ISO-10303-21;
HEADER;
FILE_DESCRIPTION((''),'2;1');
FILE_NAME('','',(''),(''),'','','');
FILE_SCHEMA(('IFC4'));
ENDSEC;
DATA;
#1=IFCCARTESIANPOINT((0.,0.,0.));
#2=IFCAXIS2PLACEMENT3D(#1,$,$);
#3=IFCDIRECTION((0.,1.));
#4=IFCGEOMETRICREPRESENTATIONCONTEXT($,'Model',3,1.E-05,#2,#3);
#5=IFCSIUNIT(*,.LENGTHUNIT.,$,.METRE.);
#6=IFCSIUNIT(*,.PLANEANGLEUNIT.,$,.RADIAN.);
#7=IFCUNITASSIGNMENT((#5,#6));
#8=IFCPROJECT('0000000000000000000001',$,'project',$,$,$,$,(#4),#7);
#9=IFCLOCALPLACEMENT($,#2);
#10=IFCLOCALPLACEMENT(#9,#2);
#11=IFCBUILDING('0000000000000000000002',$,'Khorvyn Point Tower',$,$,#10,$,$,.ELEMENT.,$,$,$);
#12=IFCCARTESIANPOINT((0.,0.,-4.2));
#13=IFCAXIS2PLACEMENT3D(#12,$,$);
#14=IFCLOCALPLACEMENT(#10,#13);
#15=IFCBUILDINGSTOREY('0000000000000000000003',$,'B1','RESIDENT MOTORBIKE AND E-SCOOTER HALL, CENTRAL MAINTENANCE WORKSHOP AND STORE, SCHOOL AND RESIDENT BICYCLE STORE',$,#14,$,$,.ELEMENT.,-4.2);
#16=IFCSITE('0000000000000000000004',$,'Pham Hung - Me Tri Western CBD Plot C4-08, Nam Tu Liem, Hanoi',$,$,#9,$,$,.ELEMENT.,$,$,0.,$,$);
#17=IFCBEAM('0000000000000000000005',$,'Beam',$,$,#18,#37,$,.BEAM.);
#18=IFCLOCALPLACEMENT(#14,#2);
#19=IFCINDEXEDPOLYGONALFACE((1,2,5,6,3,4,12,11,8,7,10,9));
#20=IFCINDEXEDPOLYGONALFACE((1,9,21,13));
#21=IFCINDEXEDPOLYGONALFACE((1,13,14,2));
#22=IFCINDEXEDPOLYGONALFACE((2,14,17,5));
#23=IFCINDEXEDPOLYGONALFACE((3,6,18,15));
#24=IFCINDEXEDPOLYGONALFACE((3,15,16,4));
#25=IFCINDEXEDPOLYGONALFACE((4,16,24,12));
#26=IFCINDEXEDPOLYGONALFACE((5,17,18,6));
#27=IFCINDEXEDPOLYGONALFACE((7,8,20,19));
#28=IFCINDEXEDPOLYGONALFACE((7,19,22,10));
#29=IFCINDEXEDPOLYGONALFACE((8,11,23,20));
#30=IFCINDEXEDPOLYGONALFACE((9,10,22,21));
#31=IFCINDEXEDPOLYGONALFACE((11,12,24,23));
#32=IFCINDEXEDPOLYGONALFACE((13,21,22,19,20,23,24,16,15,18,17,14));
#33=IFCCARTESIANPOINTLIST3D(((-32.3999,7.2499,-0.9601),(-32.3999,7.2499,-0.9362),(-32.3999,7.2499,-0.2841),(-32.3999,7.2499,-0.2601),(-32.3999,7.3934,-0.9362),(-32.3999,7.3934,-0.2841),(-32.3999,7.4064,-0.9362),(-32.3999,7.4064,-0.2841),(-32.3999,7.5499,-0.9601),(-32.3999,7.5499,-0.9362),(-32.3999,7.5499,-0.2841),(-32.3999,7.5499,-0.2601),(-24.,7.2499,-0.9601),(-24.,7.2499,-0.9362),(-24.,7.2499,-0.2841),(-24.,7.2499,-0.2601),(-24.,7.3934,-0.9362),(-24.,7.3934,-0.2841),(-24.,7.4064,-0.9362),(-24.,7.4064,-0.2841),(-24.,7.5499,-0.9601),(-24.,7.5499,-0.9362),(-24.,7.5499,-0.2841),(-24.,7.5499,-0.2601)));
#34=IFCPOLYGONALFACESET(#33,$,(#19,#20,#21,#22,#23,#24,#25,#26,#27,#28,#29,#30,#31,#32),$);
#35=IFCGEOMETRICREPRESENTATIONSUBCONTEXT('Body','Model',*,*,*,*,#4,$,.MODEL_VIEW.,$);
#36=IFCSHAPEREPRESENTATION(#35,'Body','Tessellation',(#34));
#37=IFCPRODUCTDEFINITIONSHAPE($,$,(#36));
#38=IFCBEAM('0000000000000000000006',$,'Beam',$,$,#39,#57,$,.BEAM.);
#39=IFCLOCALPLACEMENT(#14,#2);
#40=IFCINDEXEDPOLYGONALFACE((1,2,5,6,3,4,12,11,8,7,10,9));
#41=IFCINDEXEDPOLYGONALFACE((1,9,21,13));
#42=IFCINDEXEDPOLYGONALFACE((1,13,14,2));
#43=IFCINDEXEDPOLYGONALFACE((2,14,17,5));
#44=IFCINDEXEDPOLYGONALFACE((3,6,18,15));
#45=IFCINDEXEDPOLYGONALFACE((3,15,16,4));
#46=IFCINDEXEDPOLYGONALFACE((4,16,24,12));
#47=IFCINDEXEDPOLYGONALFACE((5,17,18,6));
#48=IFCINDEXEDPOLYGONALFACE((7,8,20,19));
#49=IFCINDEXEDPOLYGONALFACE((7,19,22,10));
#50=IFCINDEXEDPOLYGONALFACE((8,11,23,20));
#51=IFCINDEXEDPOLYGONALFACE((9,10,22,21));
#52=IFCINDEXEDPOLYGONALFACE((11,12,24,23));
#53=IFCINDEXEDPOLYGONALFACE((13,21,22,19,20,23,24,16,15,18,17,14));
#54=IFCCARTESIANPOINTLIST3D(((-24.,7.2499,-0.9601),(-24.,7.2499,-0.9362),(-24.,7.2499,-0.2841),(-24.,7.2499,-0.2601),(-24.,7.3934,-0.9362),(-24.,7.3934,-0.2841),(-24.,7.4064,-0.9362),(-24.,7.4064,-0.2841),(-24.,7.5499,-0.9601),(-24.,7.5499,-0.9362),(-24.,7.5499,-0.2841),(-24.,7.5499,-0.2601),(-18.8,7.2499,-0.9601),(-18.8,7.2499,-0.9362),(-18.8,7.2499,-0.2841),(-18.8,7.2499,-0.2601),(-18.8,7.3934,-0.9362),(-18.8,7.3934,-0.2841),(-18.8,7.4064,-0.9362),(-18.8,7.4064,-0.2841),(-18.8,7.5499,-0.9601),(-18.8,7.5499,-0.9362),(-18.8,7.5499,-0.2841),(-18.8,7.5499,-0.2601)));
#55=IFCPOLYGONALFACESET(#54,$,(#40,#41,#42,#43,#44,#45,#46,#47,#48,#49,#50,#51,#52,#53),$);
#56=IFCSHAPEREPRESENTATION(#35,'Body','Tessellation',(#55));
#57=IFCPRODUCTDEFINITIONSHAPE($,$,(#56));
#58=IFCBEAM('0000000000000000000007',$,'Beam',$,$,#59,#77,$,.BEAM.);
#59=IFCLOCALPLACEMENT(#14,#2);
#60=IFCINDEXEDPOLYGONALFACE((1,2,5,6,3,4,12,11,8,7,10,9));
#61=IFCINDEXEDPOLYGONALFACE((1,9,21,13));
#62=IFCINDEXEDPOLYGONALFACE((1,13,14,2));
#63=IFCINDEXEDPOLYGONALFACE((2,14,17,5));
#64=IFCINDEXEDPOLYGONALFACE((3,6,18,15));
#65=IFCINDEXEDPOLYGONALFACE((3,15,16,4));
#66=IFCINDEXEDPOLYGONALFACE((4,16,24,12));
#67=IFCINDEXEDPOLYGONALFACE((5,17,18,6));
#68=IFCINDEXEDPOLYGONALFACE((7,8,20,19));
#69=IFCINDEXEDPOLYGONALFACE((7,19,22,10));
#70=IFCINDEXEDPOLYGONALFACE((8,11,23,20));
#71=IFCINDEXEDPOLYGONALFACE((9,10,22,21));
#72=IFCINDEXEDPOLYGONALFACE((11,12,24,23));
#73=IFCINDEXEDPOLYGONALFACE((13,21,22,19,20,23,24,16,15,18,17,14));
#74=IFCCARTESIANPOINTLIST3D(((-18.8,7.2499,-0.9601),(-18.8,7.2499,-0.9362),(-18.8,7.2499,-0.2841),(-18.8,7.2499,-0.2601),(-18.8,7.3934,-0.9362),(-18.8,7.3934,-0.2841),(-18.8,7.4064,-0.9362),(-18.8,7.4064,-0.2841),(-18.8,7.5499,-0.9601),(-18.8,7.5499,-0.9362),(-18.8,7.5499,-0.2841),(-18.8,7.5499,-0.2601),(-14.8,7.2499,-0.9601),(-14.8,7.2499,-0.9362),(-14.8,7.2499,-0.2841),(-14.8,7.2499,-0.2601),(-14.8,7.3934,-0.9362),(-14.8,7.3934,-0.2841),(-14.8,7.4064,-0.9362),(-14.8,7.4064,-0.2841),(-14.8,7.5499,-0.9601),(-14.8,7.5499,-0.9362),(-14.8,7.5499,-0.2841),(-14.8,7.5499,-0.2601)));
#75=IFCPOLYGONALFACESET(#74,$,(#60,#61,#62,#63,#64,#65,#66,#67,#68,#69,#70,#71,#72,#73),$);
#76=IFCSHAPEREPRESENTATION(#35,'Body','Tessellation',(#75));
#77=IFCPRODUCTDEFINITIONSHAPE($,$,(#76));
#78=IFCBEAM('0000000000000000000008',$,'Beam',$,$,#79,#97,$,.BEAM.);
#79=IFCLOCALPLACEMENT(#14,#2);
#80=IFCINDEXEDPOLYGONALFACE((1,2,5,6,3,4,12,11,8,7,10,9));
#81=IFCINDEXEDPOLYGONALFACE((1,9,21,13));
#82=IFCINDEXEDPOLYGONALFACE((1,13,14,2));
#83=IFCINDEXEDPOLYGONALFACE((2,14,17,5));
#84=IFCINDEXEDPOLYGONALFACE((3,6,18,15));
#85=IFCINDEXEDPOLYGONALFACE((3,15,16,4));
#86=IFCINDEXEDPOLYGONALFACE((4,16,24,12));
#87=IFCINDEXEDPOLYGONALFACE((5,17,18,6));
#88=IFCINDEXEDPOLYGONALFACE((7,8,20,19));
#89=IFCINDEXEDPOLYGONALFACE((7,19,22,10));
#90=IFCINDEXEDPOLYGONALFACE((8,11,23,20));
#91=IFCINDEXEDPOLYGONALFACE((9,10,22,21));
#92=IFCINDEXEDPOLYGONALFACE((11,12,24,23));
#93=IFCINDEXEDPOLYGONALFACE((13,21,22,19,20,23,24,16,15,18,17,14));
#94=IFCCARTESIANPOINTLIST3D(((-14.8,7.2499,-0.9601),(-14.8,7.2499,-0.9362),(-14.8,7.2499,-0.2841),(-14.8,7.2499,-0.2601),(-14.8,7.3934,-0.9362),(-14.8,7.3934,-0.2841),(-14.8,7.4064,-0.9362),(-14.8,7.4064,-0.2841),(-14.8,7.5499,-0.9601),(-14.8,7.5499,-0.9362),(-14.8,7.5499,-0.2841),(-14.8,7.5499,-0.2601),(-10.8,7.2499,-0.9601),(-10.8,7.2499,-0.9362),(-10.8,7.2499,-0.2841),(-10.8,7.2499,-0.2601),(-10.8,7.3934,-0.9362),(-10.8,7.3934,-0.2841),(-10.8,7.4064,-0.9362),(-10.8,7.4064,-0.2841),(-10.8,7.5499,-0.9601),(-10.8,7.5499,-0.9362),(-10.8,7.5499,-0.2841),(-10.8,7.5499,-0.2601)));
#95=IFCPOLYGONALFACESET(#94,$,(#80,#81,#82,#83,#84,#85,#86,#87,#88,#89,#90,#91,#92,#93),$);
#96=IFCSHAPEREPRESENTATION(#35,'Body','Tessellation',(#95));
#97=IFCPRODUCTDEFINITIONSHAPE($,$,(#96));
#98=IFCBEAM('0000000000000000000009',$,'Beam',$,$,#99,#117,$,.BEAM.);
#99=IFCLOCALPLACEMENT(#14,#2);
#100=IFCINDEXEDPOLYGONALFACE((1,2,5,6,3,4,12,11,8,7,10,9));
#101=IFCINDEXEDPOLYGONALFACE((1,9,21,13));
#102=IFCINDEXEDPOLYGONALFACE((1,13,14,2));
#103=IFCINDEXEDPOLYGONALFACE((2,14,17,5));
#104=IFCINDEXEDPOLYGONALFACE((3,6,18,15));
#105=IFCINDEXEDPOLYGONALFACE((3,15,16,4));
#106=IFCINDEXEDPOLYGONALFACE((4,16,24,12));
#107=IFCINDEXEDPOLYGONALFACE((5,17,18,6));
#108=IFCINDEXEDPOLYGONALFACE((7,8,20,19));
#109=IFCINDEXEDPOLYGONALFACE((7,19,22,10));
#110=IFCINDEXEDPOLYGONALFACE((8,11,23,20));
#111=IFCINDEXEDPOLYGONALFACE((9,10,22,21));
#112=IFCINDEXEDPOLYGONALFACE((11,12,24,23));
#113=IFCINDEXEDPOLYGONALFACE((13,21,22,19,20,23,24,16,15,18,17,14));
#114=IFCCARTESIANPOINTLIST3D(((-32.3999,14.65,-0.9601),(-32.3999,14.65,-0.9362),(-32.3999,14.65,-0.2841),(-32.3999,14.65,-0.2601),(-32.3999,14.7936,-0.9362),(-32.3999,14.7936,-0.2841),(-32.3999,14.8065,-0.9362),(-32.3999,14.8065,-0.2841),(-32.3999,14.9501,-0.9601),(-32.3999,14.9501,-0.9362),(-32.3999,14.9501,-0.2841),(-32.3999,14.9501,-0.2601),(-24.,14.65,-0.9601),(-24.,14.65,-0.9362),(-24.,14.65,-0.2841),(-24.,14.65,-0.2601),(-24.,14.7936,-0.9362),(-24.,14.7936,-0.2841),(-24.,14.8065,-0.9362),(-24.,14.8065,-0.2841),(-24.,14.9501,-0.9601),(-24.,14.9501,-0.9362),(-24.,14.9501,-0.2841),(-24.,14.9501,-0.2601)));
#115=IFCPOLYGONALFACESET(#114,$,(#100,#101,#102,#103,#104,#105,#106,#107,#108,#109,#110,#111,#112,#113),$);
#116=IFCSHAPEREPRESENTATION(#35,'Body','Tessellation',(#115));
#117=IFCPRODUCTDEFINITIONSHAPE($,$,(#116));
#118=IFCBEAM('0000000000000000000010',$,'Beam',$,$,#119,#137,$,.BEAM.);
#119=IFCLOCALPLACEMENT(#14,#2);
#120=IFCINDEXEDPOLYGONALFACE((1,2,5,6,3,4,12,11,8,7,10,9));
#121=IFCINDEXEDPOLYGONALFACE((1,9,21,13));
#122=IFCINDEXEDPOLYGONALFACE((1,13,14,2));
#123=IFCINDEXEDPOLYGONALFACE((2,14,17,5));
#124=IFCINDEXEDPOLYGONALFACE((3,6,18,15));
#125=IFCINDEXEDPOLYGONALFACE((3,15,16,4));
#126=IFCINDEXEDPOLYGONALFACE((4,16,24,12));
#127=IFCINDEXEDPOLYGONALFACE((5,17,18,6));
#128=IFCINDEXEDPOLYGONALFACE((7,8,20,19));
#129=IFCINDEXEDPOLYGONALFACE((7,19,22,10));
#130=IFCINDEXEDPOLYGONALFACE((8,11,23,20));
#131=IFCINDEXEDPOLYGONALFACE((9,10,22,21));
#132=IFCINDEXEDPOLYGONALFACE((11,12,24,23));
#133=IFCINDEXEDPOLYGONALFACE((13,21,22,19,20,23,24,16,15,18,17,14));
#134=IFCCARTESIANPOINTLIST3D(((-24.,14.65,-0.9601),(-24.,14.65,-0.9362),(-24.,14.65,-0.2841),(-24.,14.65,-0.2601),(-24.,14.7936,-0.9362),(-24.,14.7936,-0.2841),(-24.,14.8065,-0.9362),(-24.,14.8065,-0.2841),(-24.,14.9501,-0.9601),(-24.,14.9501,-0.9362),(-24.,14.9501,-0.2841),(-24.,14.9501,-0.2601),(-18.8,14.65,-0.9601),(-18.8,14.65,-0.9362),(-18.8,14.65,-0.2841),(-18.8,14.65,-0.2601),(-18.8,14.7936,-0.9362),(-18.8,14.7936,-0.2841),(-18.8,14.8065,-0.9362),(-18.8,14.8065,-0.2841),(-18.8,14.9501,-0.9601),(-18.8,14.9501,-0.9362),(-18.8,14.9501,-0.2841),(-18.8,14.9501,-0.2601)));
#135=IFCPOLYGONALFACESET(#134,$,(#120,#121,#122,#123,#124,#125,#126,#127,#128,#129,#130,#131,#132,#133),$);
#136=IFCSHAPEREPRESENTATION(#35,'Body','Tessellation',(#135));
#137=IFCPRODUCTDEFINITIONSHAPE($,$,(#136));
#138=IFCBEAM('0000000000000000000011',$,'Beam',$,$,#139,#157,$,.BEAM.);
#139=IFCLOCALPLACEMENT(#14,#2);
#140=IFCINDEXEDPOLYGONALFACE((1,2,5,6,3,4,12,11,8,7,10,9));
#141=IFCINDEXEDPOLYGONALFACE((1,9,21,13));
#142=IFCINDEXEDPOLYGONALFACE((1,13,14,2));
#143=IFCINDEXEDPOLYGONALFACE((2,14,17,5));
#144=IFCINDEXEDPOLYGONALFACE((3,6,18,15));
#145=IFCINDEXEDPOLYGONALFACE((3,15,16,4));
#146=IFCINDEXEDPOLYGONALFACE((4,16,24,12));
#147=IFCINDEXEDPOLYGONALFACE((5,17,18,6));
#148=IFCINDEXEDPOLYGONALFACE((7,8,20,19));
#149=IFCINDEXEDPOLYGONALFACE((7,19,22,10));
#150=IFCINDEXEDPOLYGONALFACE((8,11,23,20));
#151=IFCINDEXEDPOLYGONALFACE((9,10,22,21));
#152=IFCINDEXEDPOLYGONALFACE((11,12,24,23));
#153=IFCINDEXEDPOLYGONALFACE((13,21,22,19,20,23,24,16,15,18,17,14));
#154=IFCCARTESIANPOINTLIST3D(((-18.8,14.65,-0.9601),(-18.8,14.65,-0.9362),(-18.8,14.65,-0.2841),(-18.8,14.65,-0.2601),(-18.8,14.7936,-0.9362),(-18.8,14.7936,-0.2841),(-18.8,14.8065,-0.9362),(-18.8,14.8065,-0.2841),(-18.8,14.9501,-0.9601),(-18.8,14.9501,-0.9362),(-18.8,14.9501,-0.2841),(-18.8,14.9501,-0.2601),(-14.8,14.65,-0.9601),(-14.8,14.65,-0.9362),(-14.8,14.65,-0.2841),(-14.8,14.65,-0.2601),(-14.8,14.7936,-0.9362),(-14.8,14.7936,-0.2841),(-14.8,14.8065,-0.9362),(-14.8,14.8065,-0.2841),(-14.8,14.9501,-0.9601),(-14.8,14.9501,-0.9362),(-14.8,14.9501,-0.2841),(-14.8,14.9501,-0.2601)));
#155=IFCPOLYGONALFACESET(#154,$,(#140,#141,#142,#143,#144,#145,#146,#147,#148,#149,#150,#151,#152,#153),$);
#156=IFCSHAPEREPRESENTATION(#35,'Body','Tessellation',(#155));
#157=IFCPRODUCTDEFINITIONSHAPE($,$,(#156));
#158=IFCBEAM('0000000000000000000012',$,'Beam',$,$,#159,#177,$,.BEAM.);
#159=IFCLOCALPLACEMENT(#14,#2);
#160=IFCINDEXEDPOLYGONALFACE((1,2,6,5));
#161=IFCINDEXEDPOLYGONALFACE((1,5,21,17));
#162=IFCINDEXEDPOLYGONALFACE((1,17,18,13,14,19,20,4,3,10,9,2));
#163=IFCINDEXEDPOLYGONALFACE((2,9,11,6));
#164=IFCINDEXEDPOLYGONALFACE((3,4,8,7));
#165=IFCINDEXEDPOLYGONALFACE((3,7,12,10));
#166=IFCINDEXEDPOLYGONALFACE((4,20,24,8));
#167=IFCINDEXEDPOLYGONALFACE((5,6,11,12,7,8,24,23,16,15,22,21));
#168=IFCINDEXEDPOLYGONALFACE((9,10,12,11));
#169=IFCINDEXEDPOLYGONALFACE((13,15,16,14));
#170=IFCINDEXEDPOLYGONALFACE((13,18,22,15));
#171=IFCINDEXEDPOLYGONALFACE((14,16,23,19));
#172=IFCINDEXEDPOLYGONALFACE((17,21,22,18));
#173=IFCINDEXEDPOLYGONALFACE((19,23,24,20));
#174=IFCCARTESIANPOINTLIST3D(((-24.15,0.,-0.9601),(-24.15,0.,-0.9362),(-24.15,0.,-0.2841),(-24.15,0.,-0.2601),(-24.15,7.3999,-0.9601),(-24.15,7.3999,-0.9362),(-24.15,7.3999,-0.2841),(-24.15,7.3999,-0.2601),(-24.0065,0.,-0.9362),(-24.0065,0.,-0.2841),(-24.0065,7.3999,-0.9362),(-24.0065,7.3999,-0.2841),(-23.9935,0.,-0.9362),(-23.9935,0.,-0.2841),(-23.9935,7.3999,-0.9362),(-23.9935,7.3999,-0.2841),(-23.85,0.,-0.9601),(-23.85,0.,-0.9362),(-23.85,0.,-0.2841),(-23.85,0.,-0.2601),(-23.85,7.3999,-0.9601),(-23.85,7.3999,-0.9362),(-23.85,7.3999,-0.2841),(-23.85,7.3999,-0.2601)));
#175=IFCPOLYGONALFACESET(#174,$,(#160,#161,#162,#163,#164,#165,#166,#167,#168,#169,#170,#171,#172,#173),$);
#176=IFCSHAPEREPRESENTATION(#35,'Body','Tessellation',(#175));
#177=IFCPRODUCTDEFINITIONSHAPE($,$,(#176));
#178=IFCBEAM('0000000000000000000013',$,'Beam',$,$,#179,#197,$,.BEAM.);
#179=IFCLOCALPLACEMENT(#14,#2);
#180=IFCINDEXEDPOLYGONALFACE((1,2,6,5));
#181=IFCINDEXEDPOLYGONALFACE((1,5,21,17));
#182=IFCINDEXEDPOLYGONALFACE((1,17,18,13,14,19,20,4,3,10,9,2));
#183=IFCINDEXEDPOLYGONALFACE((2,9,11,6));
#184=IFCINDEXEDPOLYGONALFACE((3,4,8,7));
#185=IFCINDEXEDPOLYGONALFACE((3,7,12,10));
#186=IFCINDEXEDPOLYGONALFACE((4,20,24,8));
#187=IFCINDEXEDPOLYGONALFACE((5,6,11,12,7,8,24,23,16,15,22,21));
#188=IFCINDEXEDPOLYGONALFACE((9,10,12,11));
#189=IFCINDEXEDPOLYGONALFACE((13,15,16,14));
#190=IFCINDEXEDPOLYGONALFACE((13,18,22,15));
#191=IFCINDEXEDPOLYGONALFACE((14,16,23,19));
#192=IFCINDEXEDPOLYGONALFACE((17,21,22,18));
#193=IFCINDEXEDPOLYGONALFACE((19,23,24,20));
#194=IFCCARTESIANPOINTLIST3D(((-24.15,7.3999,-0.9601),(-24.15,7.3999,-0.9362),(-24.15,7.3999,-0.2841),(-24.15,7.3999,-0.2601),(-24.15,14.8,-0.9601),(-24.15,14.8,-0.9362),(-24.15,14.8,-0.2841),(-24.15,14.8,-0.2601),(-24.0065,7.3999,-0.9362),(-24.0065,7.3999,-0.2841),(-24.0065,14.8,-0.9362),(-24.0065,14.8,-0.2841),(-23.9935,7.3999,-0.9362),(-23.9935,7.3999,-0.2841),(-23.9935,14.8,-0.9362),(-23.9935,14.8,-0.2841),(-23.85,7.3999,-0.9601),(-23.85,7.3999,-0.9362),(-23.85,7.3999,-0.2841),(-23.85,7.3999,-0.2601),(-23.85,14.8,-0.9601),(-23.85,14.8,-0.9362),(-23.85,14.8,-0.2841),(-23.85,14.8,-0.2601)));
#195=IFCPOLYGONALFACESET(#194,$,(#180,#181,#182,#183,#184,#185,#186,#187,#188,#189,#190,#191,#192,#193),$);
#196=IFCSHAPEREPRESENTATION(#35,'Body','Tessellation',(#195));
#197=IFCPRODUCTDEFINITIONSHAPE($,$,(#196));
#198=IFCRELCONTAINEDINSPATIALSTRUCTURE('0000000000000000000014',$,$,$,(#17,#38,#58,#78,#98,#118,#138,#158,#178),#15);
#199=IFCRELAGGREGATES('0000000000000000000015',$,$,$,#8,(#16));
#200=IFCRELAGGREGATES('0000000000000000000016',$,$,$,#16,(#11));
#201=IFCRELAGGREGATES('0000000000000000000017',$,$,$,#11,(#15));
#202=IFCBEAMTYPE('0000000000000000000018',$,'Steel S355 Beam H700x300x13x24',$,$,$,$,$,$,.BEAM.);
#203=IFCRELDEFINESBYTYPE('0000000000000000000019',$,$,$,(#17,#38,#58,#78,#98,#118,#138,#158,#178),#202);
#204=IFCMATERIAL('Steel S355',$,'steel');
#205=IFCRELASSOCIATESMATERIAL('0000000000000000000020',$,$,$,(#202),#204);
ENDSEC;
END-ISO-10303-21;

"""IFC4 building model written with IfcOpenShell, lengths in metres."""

from ifc_helpers import new_model, si_unit, direction, frame, origin, origin_2d, place, context, subcontext, project, spatial, i_section, extrude, material, material_profile, profile_set, type_object, element, save


model = new_model("IFC4")

# Units and contexts
model_context = context("Model", 3, precision=1e-05, world=origin(), true_north=direction((0.0, 1.0)))
body_context = subcontext(model_context, "Body", "Model", "MODEL_VIEW")
ifc_project = project(units=[si_unit("LENGTHUNIT", "METRE"), si_unit("PLANEANGLEUNIT", "RADIAN")], contexts=[model_context])

# Site, building, storey
site_placement = place(None, origin())
site = spatial("IfcSite", under=ifc_project, at=site_placement, Name="Pham Hung - Me Tri Western CBD Plot C4-08, Nam Tu Liem, Hanoi", CompositionType="ELEMENT", RefElevation=0.0)
building_placement = place(site_placement, origin())
building = spatial("IfcBuilding", under=site, at=building_placement, Name="Khorvyn Point Tower", CompositionType="ELEMENT")
storey_placement = place(building_placement, frame((0.0, 0.0, -4.2)))
storey = spatial("IfcBuildingStorey", under=building, at=storey_placement, Name="B1", Description="RESIDENT MOTORBIKE AND E-SCOOTER HALL, CENTRAL MAINTENANCE WORKSHOP AND STORE, SCHOOL AND RESIDENT BICYCLE STORE", CompositionType="ELEMENT", Elevation=-4.2)

# Beams
ifc_material_1 = material(Name="Steel S355", Category="steel")
ifc_material_profile_1 = material_profile(ifc_material_1, i_section(OverallWidth=0.3, OverallDepth=0.7, WebThickness=0.0129, FlangeThickness=0.0239, at=origin_2d()))
ifc_profile_set_1 = profile_set([ifc_material_profile_1], Name="Steel S355 H700x300x13x24")
beam_type_1 = type_object("IfcBeamType", Name="Steel S355 Beam H700x300x13x24", PredefinedType="BEAM", material=ifc_profile_set_1)
beam_1_placement = place(storey_placement, frame((-32.3999, 7.3999, -0.6101), z_axis=(1.0, 0.0, 0.0), x_axis=(0.0, 1.0, 0.0)))
element("IfcBeam", 1, at=beam_1_placement, inside=storey, type_object=beam_type_1, Name="Beam", PredefinedType="BEAM", context=body_context, shape_type="SweptSolid", body=[
    extrude(i_section(OverallWidth=0.3, OverallDepth=0.7, WebThickness=0.0129, FlangeThickness=0.0239, at=origin_2d()), origin(), (0.0, 0.0, 1.0), 8.3999),
])
beam_2_placement = place(storey_placement, frame((-24.0, 7.3999, -0.6101), z_axis=(1.0, 0.0, 0.0), x_axis=(0.0, 1.0, 0.0)))
element("IfcBeam", 2, at=beam_2_placement, inside=storey, type_object=beam_type_1, Name="Beam", PredefinedType="BEAM", context=body_context, shape_type="SweptSolid", body=[
    extrude(i_section(OverallWidth=0.3, OverallDepth=0.7, WebThickness=0.0129, FlangeThickness=0.0239, at=origin_2d()), origin(), (0.0, 0.0, 1.0), 5.2),
])
for number, where, z_axis, x_axis, name in (
    (3, (-18.8, 7.3999, -0.6101), (1.0, 0.0, 0.0), (0.0, 1.0, 0.0), "Beam"),
    (4, (-14.8, 7.3999, -0.6101), (1.0, 0.0, 0.0), (0.0, 1.0, 0.0), "Beam"),
):
    element("IfcBeam", number, at=place(storey_placement, frame(where, z_axis=z_axis, x_axis=x_axis)), inside=storey, type_object=beam_type_1, Name=name, PredefinedType="BEAM", context=body_context, shape_type="SweptSolid", body=[
        extrude(i_section(OverallWidth=0.3, OverallDepth=0.7, WebThickness=0.0129, FlangeThickness=0.0239, at=origin_2d()), origin(), (0.0, 0.0, 1.0), 4.0),
    ])
beam_3_placement = place(storey_placement, frame((-32.3999, 14.8, -0.6101), z_axis=(1.0, 0.0, 0.0), x_axis=(0.0, 1.0, 0.0)))
element("IfcBeam", 5, at=beam_3_placement, inside=storey, type_object=beam_type_1, Name="Beam", PredefinedType="BEAM", context=body_context, shape_type="SweptSolid", body=[
    extrude(i_section(OverallWidth=0.3, OverallDepth=0.7, WebThickness=0.0129, FlangeThickness=0.0239, at=origin_2d()), origin(), (0.0, 0.0, 1.0), 8.3999),
])
beam_4_placement = place(storey_placement, frame((-24.0, 14.8, -0.6101), z_axis=(1.0, 0.0, 0.0), x_axis=(0.0, 1.0, 0.0)))
element("IfcBeam", 6, at=beam_4_placement, inside=storey, type_object=beam_type_1, Name="Beam", PredefinedType="BEAM", context=body_context, shape_type="SweptSolid", body=[
    extrude(i_section(OverallWidth=0.3, OverallDepth=0.7, WebThickness=0.0129, FlangeThickness=0.0239, at=origin_2d()), origin(), (0.0, 0.0, 1.0), 5.2),
])
beam_5_placement = place(storey_placement, frame((-18.8, 14.8, -0.6101), z_axis=(1.0, 0.0, 0.0), x_axis=(0.0, 1.0, 0.0)))
element("IfcBeam", 7, at=beam_5_placement, inside=storey, type_object=beam_type_1, Name="Beam", PredefinedType="BEAM", context=body_context, shape_type="SweptSolid", body=[
    extrude(i_section(OverallWidth=0.3, OverallDepth=0.7, WebThickness=0.0129, FlangeThickness=0.0239, at=origin_2d()), origin(), (0.0, 0.0, 1.0), 4.0),
])
beam_6_placement = place(storey_placement, frame((-24.0, 0.0, -0.6101), z_axis=(0.0, 1.0, 0.0), x_axis=(-1.0, 0.0, 0.0)))
element("IfcBeam", 8, at=beam_6_placement, inside=storey, type_object=beam_type_1, Name="Beam", PredefinedType="BEAM", context=body_context, shape_type="SweptSolid", body=[
    extrude(i_section(OverallWidth=0.3, OverallDepth=0.7, WebThickness=0.0129, FlangeThickness=0.0239, at=origin_2d()), origin(), (0.0, 0.0, 1.0), 7.3999),
])
beam_7_placement = place(storey_placement, frame((-24.0, 7.3999, -0.6101), z_axis=(0.0, 1.0, 0.0), x_axis=(-1.0, 0.0, 0.0)))
element("IfcBeam", 9, at=beam_7_placement, inside=storey, type_object=beam_type_1, Name="Beam", PredefinedType="BEAM", context=body_context, shape_type="SweptSolid", body=[
    extrude(i_section(OverallWidth=0.3, OverallDepth=0.7, WebThickness=0.0129, FlangeThickness=0.0239, at=origin_2d()), origin(), (0.0, 0.0, 1.0), 7.4001),
])

save(model, "model.ifc")
